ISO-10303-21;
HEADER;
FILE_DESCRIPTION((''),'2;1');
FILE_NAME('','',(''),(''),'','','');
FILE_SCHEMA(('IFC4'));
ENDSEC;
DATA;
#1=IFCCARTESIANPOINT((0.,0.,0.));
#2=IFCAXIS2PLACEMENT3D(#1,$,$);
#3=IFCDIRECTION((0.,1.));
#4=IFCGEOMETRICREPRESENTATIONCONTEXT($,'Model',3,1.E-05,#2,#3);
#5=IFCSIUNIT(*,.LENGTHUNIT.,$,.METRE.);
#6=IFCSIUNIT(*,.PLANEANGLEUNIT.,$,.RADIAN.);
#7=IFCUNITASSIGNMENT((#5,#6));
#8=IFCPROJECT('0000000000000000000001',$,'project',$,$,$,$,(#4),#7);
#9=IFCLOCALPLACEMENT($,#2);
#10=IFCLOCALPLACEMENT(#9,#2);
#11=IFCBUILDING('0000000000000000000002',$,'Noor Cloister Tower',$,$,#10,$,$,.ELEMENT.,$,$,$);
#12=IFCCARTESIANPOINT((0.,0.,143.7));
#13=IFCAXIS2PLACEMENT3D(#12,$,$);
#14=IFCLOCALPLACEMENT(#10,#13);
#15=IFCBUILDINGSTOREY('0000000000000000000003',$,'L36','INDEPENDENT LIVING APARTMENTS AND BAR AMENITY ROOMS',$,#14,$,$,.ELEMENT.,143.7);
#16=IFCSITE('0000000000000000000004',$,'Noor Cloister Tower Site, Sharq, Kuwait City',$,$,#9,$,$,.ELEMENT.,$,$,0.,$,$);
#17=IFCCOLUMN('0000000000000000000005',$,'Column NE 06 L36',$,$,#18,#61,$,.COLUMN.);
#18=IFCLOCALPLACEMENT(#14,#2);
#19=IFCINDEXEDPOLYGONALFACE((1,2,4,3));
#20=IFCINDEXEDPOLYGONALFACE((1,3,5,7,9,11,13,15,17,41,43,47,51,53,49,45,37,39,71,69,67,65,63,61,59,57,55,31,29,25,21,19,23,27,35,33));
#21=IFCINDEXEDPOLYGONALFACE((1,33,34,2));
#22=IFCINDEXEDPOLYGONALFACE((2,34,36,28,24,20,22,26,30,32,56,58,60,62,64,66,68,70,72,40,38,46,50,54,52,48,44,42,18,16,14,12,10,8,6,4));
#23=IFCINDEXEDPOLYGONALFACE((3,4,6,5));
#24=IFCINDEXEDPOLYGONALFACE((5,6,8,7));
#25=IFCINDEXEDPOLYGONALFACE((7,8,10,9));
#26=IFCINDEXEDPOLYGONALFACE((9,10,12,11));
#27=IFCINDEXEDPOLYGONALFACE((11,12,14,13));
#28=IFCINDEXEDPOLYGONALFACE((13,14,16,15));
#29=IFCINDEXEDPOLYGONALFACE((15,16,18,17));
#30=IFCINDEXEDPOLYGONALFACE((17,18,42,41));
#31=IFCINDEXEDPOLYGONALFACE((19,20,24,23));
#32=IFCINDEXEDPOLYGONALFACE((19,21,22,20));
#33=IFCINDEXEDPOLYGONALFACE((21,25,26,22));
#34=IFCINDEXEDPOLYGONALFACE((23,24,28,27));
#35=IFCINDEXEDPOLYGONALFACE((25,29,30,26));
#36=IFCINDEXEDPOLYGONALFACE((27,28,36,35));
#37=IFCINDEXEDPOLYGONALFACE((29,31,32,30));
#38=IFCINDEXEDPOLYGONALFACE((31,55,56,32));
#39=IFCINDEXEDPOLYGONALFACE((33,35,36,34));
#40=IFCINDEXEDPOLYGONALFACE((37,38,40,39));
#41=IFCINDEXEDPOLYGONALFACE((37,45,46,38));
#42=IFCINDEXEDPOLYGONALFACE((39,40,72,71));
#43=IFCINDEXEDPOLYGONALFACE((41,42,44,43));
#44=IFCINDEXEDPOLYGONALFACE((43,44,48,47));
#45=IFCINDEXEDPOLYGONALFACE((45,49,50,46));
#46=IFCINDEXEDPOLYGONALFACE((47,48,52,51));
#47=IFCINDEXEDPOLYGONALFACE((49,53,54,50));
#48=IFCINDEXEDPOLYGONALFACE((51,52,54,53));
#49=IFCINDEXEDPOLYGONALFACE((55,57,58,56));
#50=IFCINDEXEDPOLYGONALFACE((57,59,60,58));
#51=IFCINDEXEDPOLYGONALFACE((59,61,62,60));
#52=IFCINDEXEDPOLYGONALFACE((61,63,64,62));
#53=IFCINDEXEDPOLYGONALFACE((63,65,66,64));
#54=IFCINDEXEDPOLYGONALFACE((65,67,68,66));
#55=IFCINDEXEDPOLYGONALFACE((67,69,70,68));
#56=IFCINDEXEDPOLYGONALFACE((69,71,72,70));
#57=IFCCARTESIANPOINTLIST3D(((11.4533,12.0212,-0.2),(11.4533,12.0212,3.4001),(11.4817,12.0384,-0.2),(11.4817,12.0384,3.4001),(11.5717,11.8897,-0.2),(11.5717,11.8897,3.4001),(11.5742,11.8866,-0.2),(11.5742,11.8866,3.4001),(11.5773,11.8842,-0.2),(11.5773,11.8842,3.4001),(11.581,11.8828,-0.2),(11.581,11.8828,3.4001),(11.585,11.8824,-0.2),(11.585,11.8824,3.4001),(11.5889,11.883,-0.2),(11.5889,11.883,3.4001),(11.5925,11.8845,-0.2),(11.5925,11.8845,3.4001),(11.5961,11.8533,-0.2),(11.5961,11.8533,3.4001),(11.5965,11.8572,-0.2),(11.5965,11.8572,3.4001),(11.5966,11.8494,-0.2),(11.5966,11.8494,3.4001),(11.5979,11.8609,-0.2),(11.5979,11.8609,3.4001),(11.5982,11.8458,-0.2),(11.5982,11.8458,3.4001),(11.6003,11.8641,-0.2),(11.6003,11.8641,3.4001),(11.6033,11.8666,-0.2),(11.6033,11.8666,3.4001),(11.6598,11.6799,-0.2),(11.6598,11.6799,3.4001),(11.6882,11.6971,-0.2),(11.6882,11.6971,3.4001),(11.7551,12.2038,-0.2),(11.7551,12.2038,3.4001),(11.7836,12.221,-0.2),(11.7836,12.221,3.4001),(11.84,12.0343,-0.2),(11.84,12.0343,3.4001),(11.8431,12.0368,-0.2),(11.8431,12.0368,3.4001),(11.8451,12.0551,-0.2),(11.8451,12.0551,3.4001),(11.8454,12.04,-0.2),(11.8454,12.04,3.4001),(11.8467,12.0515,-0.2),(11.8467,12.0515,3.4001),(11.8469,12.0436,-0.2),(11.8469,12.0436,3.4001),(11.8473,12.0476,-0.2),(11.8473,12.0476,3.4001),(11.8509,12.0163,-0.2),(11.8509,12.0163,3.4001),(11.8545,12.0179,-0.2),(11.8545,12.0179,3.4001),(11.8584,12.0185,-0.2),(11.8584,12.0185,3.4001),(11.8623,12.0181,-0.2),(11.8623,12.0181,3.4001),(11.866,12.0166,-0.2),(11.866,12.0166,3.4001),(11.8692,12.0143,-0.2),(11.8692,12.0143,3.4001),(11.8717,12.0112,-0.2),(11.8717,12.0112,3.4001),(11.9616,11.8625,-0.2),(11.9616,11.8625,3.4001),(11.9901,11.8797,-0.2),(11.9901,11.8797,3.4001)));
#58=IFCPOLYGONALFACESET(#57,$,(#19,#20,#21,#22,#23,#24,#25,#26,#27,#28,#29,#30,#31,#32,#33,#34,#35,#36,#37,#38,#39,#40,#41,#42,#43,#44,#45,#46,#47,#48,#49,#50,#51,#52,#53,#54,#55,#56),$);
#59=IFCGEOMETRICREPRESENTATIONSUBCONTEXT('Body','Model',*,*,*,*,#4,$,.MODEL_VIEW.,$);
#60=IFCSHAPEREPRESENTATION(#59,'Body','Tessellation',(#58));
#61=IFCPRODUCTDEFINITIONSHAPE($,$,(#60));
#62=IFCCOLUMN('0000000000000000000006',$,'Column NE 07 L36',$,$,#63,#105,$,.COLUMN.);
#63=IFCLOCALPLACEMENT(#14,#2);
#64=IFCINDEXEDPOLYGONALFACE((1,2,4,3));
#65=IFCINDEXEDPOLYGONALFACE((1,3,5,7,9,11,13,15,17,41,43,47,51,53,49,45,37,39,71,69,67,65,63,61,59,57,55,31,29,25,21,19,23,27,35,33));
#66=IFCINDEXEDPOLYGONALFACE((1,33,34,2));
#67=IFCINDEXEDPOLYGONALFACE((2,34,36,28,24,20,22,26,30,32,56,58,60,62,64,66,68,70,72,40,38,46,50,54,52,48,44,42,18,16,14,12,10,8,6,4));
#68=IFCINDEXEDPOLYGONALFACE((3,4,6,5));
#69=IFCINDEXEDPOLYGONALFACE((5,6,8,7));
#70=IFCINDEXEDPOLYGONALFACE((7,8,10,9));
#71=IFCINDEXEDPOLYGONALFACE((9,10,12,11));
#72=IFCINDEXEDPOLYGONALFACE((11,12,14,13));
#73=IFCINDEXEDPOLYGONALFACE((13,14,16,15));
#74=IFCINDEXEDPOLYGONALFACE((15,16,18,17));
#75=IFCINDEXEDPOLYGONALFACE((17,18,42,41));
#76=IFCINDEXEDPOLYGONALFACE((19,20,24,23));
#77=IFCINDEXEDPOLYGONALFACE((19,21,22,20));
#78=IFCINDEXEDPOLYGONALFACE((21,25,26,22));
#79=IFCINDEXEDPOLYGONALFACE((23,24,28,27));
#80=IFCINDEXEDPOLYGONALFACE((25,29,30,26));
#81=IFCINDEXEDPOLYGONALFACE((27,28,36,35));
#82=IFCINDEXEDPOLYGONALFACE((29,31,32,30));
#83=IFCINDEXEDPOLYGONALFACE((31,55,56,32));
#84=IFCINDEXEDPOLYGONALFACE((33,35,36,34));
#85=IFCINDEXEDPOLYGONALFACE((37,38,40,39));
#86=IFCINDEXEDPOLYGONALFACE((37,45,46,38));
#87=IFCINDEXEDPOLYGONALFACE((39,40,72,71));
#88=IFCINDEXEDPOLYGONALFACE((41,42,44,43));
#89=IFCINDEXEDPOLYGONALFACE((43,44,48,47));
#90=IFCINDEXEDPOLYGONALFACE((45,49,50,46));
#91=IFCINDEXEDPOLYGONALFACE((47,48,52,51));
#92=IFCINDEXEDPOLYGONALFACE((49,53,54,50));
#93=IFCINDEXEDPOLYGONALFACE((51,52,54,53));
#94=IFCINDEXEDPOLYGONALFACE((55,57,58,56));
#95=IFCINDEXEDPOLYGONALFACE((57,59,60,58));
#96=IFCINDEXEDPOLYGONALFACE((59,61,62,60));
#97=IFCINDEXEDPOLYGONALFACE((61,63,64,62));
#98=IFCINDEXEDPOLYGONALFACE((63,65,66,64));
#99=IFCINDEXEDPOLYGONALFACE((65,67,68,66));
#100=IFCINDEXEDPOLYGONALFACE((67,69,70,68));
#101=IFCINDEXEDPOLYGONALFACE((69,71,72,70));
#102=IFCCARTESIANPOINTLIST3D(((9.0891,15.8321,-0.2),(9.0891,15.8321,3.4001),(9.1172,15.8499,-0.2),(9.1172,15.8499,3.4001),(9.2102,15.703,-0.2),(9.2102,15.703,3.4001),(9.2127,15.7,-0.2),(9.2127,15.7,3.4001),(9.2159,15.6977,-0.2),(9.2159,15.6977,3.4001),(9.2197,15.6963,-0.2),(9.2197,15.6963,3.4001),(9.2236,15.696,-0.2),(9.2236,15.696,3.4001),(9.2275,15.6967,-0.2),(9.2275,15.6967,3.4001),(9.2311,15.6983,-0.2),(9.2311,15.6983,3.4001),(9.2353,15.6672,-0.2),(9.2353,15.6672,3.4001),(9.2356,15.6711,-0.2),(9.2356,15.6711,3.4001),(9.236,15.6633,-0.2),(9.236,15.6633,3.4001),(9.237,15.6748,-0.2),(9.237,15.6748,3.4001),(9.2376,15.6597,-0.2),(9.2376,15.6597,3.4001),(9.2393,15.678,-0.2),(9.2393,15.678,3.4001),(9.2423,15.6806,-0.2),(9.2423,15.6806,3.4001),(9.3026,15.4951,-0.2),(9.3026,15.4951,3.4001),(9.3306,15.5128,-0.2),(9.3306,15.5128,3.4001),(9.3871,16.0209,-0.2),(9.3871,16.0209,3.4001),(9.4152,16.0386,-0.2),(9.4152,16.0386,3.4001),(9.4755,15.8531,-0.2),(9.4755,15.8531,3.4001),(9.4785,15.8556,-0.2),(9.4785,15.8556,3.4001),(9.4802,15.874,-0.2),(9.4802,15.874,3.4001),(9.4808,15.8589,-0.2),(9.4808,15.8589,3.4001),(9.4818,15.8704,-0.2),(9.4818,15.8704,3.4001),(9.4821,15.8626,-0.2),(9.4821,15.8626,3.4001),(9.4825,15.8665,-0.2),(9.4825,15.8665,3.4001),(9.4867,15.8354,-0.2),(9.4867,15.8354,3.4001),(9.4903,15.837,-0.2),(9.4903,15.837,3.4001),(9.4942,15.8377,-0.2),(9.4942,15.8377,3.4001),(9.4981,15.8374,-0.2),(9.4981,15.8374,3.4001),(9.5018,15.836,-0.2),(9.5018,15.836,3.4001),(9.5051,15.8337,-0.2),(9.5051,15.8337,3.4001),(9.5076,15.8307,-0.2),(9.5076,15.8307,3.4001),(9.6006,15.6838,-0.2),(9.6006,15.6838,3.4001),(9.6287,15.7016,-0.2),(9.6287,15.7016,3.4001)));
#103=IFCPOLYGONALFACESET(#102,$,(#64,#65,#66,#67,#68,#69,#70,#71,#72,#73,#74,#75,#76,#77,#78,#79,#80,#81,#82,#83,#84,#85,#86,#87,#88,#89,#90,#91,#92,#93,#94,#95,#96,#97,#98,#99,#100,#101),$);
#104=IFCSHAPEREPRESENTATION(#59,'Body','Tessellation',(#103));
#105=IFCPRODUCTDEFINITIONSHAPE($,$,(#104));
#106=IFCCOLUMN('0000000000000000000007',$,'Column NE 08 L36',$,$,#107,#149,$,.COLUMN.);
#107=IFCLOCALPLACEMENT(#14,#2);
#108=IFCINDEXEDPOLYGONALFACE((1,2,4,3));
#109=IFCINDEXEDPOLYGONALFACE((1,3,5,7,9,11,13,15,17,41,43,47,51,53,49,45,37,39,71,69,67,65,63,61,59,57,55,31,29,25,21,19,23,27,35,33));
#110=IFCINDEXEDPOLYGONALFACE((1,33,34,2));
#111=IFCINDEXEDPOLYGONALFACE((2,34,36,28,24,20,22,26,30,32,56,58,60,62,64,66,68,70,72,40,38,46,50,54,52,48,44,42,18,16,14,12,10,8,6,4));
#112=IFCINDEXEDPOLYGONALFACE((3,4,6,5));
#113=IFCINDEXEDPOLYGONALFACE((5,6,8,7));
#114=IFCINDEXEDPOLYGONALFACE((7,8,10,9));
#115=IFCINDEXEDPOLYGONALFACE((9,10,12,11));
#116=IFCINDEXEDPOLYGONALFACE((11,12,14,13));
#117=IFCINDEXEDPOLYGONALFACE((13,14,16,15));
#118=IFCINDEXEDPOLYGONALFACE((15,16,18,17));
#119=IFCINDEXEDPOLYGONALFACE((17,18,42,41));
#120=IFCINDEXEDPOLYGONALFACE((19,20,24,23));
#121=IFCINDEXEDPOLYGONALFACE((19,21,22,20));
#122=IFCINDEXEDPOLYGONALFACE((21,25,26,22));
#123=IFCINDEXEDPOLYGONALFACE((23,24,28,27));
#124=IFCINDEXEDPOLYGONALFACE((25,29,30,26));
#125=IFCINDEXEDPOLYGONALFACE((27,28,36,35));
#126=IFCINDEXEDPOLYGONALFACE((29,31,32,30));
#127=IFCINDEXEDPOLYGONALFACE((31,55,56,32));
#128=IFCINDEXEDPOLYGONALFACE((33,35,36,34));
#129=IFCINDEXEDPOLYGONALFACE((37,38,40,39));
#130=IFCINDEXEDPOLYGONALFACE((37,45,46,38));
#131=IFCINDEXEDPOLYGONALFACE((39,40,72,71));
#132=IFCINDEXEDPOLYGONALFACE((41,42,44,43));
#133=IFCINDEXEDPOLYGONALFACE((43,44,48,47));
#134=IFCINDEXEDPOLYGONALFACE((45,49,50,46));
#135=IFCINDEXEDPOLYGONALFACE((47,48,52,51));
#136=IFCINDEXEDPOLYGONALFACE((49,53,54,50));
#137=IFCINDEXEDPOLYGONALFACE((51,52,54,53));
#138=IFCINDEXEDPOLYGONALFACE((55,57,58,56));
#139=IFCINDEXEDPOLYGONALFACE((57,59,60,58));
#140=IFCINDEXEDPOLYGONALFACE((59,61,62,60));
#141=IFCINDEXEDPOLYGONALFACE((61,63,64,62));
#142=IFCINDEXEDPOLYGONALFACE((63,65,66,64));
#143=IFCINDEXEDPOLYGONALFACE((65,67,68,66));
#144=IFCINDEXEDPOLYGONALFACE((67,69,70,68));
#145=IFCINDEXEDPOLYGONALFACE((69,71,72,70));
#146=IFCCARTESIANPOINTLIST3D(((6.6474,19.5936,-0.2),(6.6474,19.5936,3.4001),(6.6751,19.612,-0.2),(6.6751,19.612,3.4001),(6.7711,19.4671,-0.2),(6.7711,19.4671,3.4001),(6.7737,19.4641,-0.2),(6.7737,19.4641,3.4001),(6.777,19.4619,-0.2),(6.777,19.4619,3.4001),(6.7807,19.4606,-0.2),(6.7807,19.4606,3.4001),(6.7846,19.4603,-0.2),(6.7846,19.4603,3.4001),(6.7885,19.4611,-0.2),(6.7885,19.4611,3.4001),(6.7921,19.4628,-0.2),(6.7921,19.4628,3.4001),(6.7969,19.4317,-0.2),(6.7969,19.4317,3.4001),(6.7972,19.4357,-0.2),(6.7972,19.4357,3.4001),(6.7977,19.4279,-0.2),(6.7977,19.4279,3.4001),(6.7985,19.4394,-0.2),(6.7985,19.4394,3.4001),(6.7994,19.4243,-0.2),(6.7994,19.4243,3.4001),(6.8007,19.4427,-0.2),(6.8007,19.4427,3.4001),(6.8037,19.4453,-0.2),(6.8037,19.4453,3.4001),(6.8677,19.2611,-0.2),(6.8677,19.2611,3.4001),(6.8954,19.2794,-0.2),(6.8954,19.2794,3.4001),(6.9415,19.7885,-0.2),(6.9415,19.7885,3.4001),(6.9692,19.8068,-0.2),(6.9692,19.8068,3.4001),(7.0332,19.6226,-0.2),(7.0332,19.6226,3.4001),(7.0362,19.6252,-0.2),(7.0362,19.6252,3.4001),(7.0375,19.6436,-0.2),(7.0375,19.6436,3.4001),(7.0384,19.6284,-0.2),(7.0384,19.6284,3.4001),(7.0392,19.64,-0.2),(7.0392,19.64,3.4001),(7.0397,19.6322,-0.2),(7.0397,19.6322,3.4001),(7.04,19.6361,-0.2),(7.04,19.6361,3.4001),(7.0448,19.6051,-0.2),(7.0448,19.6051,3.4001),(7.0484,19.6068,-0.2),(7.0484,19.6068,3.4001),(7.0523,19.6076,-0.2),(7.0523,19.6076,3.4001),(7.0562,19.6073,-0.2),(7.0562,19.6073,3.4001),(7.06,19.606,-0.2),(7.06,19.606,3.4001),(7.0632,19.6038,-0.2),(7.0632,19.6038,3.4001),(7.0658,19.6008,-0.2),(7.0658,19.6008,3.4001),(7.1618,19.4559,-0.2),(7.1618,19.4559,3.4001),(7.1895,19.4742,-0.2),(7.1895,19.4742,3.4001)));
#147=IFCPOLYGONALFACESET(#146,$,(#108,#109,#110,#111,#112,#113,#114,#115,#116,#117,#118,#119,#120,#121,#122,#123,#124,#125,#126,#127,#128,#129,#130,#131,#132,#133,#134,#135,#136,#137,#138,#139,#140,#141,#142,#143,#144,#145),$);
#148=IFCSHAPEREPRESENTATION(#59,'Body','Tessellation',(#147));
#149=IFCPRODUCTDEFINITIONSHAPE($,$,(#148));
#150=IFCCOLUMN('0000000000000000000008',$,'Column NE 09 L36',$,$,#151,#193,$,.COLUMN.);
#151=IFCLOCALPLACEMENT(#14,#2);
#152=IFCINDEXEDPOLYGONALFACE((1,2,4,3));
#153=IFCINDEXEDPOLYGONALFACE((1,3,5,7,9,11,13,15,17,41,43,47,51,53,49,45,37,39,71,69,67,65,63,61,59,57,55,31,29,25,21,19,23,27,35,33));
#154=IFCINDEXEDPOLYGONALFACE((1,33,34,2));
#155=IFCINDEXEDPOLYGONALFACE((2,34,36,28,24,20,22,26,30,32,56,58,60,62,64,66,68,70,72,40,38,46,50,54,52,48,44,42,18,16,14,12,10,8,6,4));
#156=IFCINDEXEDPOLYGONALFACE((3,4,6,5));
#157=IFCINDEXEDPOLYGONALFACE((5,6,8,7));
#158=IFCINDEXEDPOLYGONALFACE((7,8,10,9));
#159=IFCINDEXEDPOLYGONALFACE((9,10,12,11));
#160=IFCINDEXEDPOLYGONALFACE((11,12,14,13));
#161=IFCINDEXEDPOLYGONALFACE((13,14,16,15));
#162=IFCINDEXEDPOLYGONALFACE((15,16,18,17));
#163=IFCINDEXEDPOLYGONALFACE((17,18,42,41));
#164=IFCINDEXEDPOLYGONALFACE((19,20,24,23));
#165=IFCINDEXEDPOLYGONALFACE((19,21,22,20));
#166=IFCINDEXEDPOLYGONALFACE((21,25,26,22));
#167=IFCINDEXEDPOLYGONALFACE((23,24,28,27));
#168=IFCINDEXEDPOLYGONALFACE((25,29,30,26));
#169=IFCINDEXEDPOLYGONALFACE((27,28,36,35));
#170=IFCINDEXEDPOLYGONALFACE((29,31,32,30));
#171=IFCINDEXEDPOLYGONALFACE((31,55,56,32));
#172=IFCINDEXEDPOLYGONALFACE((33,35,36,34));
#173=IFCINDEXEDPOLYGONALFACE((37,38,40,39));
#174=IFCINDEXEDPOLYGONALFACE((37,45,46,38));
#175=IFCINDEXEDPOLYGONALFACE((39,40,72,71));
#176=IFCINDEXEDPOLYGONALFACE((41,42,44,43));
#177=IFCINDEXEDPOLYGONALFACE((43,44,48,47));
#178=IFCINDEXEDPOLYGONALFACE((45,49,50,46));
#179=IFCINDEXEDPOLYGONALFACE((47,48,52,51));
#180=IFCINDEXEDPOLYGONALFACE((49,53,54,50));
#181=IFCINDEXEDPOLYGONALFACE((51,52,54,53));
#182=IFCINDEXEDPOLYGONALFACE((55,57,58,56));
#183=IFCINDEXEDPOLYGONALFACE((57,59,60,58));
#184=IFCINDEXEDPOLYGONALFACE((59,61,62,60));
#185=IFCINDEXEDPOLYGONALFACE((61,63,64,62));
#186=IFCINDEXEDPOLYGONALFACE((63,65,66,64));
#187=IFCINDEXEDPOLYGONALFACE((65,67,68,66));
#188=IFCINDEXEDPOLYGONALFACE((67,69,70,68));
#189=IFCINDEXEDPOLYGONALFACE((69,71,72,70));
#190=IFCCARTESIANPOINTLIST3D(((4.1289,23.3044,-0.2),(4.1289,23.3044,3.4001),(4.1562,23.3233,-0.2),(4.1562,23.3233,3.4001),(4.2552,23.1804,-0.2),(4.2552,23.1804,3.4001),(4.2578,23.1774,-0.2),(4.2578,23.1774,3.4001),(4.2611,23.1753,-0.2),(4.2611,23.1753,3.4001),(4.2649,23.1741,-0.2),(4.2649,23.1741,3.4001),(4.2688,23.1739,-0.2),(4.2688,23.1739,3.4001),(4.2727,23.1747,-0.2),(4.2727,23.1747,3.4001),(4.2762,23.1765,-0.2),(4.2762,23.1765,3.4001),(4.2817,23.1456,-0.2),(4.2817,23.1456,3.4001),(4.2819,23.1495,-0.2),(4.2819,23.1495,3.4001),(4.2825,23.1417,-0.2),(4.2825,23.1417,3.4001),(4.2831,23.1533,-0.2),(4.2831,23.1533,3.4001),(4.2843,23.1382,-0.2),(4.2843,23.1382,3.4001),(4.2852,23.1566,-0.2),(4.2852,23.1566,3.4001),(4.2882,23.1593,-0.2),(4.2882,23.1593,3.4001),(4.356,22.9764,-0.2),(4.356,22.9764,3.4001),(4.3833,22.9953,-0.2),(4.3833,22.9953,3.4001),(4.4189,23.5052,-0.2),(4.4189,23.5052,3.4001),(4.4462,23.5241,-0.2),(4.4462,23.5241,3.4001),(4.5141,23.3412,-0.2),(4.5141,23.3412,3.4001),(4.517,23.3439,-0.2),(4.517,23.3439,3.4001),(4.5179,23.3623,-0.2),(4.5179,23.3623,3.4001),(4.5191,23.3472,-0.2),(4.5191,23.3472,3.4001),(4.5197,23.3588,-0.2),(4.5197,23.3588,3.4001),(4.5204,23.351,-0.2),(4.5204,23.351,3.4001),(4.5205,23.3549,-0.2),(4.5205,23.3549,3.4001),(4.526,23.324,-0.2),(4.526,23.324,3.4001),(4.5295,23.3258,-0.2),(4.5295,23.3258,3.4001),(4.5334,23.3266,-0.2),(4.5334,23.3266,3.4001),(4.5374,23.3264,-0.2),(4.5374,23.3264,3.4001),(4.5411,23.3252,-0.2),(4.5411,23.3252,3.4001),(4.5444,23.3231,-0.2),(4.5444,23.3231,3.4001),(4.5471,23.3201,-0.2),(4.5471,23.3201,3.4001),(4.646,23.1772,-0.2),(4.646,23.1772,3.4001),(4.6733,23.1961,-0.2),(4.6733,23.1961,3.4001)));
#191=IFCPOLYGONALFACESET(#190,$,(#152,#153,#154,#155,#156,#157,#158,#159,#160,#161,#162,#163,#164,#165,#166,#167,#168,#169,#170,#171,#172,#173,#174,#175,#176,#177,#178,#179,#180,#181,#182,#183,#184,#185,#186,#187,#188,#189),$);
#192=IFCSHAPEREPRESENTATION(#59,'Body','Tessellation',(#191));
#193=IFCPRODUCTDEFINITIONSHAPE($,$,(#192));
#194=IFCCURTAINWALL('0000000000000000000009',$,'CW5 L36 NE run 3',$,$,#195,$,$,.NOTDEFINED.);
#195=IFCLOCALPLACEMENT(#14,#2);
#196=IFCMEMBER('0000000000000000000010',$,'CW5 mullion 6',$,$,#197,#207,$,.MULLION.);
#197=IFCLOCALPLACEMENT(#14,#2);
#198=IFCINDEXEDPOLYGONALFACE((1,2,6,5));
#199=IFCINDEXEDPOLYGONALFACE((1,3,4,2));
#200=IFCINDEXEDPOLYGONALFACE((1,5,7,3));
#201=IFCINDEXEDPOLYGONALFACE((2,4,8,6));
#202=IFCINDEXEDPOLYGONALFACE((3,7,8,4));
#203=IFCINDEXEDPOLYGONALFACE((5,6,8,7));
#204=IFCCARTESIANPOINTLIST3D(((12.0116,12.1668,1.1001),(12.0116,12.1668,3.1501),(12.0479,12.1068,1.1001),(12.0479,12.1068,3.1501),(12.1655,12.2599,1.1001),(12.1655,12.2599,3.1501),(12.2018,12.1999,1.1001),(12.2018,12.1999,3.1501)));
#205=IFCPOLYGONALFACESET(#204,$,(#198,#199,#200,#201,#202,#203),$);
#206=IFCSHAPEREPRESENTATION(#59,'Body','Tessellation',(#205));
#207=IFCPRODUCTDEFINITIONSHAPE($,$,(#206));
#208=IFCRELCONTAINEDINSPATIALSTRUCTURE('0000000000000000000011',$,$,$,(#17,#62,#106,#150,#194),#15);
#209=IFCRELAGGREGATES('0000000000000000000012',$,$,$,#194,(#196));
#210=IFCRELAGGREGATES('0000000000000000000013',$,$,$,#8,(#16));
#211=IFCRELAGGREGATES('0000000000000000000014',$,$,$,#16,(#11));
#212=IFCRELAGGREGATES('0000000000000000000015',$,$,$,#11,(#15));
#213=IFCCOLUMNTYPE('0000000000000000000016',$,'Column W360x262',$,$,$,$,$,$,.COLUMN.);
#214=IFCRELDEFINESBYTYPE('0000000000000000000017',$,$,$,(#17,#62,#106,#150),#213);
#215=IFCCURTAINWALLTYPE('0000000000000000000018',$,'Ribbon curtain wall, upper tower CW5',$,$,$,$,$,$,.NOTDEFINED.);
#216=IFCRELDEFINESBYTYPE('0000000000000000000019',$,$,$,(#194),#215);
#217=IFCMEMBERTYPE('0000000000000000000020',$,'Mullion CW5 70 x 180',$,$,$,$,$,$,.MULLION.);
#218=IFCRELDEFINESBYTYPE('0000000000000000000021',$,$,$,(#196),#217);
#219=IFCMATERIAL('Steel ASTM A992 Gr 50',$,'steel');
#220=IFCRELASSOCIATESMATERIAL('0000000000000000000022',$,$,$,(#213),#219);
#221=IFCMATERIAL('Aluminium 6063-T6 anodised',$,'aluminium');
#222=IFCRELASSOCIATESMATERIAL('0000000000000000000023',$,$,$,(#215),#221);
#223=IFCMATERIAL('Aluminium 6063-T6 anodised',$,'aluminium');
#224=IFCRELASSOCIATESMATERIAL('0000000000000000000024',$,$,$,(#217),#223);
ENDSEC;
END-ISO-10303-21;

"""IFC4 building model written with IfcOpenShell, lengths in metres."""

from ifc_helpers import new_model, si_unit, direction, frame, origin, origin_2d, place, context, subcontext, project, spatial, rectangle, i_section, extrude, material, material_profile, profile_set, type_object, element, aggregate, save


model = new_model("IFC4")

# Units and contexts
model_context = context("Model", 3, precision=1e-05, world=origin(), true_north=direction((0.0, 1.0)))
body_context = subcontext(model_context, "Body", "Model", "MODEL_VIEW")
ifc_project = project(units=[si_unit("LENGTHUNIT", "METRE"), si_unit("PLANEANGLEUNIT", "RADIAN")], contexts=[model_context])

# Site, building, storey
site_placement = place(None, origin())
site = spatial("IfcSite", under=ifc_project, at=site_placement, Name="Noor Cloister Tower Site, Sharq, Kuwait City", CompositionType="ELEMENT", RefElevation=0.0)
building_placement = place(site_placement, origin())
building = spatial("IfcBuilding", under=site, at=building_placement, Name="Noor Cloister Tower", CompositionType="ELEMENT")
storey_placement = place(building_placement, frame((0.0, 0.0, 143.7)))
storey = spatial("IfcBuildingStorey", under=building, at=storey_placement, Name="L36", Description="INDEPENDENT LIVING APARTMENTS AND BAR AMENITY ROOMS", CompositionType="ELEMENT", Elevation=143.7)

# Columns
ifc_material_1 = material(Name="Steel ASTM A992 Gr 50", Category="steel")
ifc_material_profile_1 = material_profile(ifc_material_1, i_section(OverallWidth=0.3989, OverallDepth=0.386, WebThickness=0.021, FlangeThickness=0.0332, FilletRadius=0.0151, at=origin_2d()), Name="W360x262")
ifc_profile_set_1 = profile_set([ifc_material_profile_1], Name="Steel ASTM A992 Gr 50")
column_type = type_object("IfcColumnType", Name="Column W360x262", PredefinedType="COLUMN", material=ifc_profile_set_1)
for number, where, z_axis, x_axis, name in (
    (1, (11.7217, 11.9504, -0.2), (0.0, 0.0, 1.0), (-0.51765, 0.855592, 0.0), "Column NE 06 L36"),
    (2, (9.3589, 15.7668, -0.2), (0.0, 0.0, 1.0), (-0.535083, 0.8448, 0.0), "Column NE 07 L36"),
    (3, (6.9185, 19.5339, -0.2), (0.0, 0.0, 1.0), (-0.55229, 0.833652, 0.0), "Column NE 08 L36"),
    (4, (4.4011, 23.2502, -0.2), (0.0, 0.0, 1.0), (-0.569266, 0.822154, 0.0), "Column NE 09 L36"),
):
    element("IfcColumn", number, at=place(storey_placement, frame(where, z_axis=z_axis, x_axis=x_axis)), inside=storey, type_object=column_type, Name=name, PredefinedType="COLUMN", context=body_context, shape_type="SweptSolid", body=[
        extrude(i_section(OverallWidth=0.3989, OverallDepth=0.386, WebThickness=0.021, FlangeThickness=0.0332, FilletRadius=0.0151, at=origin_2d()), origin(), (0.0, 0.0, 1.0), 3.6001),
    ])

# Curtain wall, member
ifc_material_2 = material(Name="Aluminium 6063-T6 anodised", Category="aluminium")
curtain_wall_type = type_object("IfcCurtainWallType", Name="Ribbon curtain wall, upper tower CW5", PredefinedType="NOTDEFINED", material=ifc_material_2)
curtain_wall_placement = place(storey_placement, origin())
curtain_wall = element("IfcCurtainWall", 5, at=curtain_wall_placement, inside=storey, type_object=curtain_wall_type, Name="CW5 L36 NE run 3", PredefinedType="NOTDEFINED")
ifc_material_3 = material(Name="Aluminium 6063-T6 anodised", Category="aluminium")
ifc_material_profile_2 = material_profile(ifc_material_3, rectangle(XDim=0.1799, YDim=0.0701, at=origin_2d()), Name="180 x 70 mullion")
ifc_profile_set_2 = profile_set([ifc_material_profile_2], Name="Aluminium 6063-T6 anodised")
member_type = type_object("IfcMemberType", Name="Mullion CW5 70 x 180", PredefinedType="MULLION", material=ifc_profile_set_2)
member_1_placement = place(storey_placement, frame((12.1067, 12.1833, 1.1001), z_axis=(0.0, 0.0, 1.0), x_axis=(-0.855592, -0.51765, 0.0)))
member_1 = element("IfcMember", 6, at=member_1_placement, type_object=member_type, Name="CW5 mullion 6", PredefinedType="MULLION", context=body_context, shape_type="SweptSolid", body=[
    extrude(rectangle(XDim=0.1799, YDim=0.0701, at=origin_2d()), origin(), (0.0, 0.0, 1.0), 2.05),
])

aggregate(curtain_wall, [member_1])

save(model, "model.ifc")
